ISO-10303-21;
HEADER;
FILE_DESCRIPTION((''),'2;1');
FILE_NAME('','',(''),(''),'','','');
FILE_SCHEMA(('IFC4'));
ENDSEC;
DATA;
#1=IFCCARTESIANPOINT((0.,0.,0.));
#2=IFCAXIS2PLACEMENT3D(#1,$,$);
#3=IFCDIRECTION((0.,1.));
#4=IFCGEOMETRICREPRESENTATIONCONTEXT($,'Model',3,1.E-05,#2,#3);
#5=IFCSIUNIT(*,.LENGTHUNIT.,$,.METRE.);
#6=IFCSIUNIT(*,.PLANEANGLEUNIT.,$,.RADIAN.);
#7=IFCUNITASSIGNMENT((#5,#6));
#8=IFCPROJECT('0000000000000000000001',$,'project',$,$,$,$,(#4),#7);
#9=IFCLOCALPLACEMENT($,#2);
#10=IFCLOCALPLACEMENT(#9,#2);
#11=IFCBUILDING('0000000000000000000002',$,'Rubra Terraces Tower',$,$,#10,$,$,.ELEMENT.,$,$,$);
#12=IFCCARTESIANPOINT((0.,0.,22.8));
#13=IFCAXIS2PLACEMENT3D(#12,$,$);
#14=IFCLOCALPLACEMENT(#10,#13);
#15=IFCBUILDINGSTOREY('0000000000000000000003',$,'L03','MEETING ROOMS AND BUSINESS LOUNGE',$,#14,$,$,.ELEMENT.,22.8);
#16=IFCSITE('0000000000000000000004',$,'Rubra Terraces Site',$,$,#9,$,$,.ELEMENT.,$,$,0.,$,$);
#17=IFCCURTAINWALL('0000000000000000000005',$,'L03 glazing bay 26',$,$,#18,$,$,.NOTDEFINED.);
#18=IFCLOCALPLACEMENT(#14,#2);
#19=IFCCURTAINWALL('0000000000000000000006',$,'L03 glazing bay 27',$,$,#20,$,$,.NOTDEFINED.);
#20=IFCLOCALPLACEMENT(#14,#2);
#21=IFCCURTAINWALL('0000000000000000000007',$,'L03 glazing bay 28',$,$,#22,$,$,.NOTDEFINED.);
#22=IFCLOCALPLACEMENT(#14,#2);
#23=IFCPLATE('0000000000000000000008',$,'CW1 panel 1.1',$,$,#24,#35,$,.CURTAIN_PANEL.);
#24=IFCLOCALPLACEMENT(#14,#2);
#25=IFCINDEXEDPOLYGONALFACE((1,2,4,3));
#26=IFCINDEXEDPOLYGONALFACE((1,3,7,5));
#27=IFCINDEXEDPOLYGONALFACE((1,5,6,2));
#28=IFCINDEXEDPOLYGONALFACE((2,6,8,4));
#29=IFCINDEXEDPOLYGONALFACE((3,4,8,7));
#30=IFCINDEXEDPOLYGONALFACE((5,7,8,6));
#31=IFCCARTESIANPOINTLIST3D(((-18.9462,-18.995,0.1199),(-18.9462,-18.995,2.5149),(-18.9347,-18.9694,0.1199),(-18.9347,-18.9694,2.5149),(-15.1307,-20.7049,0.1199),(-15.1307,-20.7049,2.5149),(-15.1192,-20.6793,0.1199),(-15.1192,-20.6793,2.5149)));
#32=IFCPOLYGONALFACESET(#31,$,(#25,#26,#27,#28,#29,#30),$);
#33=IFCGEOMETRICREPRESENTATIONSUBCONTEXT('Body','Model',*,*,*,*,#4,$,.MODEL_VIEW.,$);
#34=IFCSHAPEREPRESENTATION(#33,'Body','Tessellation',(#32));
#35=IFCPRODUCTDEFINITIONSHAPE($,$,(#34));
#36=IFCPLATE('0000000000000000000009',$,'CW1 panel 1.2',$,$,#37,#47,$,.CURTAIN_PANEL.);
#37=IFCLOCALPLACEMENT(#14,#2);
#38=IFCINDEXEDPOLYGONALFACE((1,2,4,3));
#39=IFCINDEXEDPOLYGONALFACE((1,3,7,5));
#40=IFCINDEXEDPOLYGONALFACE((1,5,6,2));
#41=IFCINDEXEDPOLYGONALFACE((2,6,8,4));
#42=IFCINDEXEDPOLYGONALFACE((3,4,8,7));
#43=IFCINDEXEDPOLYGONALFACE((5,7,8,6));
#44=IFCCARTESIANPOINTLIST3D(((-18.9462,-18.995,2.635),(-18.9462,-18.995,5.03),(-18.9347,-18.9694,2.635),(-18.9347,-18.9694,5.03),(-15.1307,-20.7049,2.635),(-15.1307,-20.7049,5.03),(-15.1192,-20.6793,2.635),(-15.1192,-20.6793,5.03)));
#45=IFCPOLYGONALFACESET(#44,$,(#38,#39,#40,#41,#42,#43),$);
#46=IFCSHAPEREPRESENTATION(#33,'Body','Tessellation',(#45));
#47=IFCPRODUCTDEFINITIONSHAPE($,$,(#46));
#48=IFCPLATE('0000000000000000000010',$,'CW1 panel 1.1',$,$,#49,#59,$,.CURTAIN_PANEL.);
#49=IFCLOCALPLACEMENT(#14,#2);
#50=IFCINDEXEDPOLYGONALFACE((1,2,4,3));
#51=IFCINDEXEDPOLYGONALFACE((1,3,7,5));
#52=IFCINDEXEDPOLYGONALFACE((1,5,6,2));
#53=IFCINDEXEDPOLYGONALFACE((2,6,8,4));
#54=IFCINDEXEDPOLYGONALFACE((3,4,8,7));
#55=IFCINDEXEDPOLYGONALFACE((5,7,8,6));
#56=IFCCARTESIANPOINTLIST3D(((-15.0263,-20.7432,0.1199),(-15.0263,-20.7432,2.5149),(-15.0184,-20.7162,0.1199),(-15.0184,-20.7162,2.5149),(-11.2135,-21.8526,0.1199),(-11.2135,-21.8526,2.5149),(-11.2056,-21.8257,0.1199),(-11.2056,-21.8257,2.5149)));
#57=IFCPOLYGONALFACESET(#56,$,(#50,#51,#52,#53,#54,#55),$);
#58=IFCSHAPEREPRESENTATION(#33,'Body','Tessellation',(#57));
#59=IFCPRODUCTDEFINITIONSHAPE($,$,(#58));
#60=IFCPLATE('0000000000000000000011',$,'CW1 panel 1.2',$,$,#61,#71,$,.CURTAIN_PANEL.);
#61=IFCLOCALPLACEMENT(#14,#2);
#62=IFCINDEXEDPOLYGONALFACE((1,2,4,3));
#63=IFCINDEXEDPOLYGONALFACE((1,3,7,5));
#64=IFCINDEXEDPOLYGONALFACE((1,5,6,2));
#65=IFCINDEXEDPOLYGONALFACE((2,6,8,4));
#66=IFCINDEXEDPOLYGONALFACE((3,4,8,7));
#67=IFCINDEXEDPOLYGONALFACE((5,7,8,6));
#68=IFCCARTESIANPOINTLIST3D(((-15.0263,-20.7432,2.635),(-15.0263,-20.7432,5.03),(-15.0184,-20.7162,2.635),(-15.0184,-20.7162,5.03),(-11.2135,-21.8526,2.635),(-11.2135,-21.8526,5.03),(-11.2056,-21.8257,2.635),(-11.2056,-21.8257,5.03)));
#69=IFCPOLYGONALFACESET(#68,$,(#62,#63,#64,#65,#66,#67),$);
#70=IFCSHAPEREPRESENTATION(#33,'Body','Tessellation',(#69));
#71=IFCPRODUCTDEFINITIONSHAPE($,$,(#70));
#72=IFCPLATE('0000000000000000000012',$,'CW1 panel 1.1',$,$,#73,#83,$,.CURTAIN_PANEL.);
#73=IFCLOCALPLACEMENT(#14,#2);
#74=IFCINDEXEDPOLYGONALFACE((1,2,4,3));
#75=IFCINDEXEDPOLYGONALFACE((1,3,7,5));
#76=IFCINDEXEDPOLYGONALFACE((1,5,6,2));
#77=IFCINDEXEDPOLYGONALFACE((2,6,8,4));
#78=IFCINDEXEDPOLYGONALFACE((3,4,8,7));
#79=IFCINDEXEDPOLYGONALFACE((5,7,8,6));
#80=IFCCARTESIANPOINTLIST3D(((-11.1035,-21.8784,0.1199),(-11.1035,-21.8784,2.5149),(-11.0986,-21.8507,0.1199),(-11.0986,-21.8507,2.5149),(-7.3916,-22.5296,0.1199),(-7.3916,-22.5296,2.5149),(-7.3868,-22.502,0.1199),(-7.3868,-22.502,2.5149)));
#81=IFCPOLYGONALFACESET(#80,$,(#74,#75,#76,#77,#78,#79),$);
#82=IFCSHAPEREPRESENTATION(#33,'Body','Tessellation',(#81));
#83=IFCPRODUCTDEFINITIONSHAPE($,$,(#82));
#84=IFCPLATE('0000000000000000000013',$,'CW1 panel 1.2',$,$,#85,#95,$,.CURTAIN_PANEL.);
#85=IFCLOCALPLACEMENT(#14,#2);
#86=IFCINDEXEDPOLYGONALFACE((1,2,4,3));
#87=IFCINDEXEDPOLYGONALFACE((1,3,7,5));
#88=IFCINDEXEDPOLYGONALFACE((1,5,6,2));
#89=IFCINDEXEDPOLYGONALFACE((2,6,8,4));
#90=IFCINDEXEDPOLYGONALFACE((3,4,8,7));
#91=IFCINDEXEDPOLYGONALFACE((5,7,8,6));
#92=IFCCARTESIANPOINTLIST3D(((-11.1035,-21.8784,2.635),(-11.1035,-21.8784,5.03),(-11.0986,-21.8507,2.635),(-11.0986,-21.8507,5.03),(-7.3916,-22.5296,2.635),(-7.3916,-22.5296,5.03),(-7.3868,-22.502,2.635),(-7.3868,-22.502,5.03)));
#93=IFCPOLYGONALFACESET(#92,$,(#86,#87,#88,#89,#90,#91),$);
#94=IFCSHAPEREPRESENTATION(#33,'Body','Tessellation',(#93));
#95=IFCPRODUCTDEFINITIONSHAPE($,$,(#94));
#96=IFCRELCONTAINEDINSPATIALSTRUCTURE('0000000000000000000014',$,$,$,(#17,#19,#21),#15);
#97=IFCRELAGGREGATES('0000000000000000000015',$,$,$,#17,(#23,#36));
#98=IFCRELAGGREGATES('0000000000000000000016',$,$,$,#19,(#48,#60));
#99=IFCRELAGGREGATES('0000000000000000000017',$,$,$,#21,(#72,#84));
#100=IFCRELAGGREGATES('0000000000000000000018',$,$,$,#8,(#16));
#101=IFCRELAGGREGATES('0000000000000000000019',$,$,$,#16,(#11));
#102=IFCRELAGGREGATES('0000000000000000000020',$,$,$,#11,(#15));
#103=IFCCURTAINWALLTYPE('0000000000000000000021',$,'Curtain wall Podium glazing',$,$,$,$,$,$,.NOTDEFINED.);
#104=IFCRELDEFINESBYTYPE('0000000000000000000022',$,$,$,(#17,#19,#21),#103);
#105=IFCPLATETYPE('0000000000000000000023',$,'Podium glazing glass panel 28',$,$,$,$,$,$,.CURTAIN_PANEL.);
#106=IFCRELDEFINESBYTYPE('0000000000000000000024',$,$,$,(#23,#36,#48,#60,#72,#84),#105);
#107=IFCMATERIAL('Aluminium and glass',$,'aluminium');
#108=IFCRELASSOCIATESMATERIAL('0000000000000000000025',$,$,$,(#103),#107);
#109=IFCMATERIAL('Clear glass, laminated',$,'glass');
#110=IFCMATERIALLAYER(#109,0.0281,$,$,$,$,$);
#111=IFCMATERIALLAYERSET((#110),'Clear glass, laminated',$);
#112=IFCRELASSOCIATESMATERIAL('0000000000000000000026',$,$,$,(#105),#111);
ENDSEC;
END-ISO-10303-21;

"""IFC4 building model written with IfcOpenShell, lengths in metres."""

from ifc_helpers import new_model, si_unit, direction, frame, origin, origin_2d, place, context, subcontext, project, spatial, rectangle, extrude, material, layer, layer_set, type_object, element, aggregate, save


model = new_model("IFC4")

# Units and contexts
model_context = context("Model", 3, precision=1e-05, world=origin(), true_north=direction((0.0, 1.0)))
body_context = subcontext(model_context, "Body", "Model", "MODEL_VIEW")
ifc_project = project(units=[si_unit("LENGTHUNIT", "METRE"), si_unit("PLANEANGLEUNIT", "RADIAN")], contexts=[model_context])

# Site, building, storey
site_placement = place(None, origin())
site = spatial("IfcSite", under=ifc_project, at=site_placement, Name="Rubra Terraces Site", CompositionType="ELEMENT", RefElevation=0.0)
building_placement = place(site_placement, origin())
building = spatial("IfcBuilding", under=site, at=building_placement, Name="Rubra Terraces Tower", CompositionType="ELEMENT")
storey_placement = place(building_placement, frame((0.0, 0.0, 22.8)))
storey = spatial("IfcBuildingStorey", under=building, at=storey_placement, Name="L03", Description="MEETING ROOMS AND BUSINESS LOUNGE", CompositionType="ELEMENT", Elevation=22.8)

# Curtain walls
ifc_material_1 = material(Name="Aluminium and glass", Category="aluminium")
curtain_wall_type = type_object("IfcCurtainWallType", Name="Curtain wall Podium glazing", PredefinedType="NOTDEFINED", material=ifc_material_1)
curtain_wall_1_placement = place(storey_placement, origin())
curtain_wall_1 = element("IfcCurtainWall", 1, at=curtain_wall_1_placement, inside=storey, type_object=curtain_wall_type, Name="L03 glazing bay 26", PredefinedType="NOTDEFINED")
curtain_wall_2_placement = place(storey_placement, origin())
curtain_wall_2 = element("IfcCurtainWall", 2, at=curtain_wall_2_placement, inside=storey, type_object=curtain_wall_type, Name="L03 glazing bay 27", PredefinedType="NOTDEFINED")
curtain_wall_3_placement = place(storey_placement, origin())
curtain_wall_3 = element("IfcCurtainWall", 3, at=curtain_wall_3_placement, inside=storey, type_object=curtain_wall_type, Name="L03 glazing bay 28", PredefinedType="NOTDEFINED")

# Plates
ifc_material_2 = material(Name="Clear glass, laminated", Category="glass")
ifc_layer = layer(ifc_material_2, 0.0281)
ifc_layer_set = layer_set([ifc_layer], Name="Clear glass, laminated")
plate_type = type_object("IfcPlateType", Name="Podium glazing glass panel 28", PredefinedType="CURTAIN_PANEL", material=ifc_layer_set)
plate_1_placement = place(storey_placement, frame((-17.0327, -19.8372, 0.1199), z_axis=(0.0, 0.0, 1.0), x_axis=(0.912551, -0.408962, 0.0)))
plate_1 = element("IfcPlate", 4, at=plate_1_placement, type_object=plate_type, Name="CW1 panel 1.1", PredefinedType="CURTAIN_PANEL", context=body_context, shape_type="SweptSolid", body=[
    extrude(rectangle(XDim=4.1812, YDim=0.0281, at=origin_2d()), origin(), (0.0, 0.0, 1.0), 2.395),
])
plate_2_placement = place(storey_placement, frame((-17.0327, -19.8372, 2.635), z_axis=(0.0, 0.0, 1.0), x_axis=(0.912551, -0.408962, 0.0)))
plate_2 = element("IfcPlate", 5, at=plate_2_placement, type_object=plate_type, Name="CW1 panel 1.2", PredefinedType="CURTAIN_PANEL", context=body_context, shape_type="SweptSolid", body=[
    extrude(rectangle(XDim=4.1812, YDim=0.0281, at=origin_2d()), origin(), (0.0, 0.0, 1.0), 2.395),
])
aggregate(curtain_wall_1, [plate_1, plate_2])
plate_3_placement = place(storey_placement, frame((-13.116, -21.2844, 0.1199), z_axis=(0.0, 0.0, 1.0), x_axis=(0.960175, -0.279399, 0.0)))
plate_3 = element("IfcPlate", 6, at=plate_3_placement, type_object=plate_type, Name="CW1 panel 1.1", PredefinedType="CURTAIN_PANEL", context=body_context, shape_type="SweptSolid", body=[
    extrude(rectangle(XDim=3.9709, YDim=0.0281, at=origin_2d()), origin(), (0.0, 0.0, 1.0), 2.395),
])
plate_4_placement = place(storey_placement, frame((-13.116, -21.2844, 2.635), z_axis=(0.0, 0.0, 1.0), x_axis=(0.960175, -0.279399, 0.0)))
plate_4 = element("IfcPlate", 7, at=plate_4_placement, type_object=plate_type, Name="CW1 panel 1.2", PredefinedType="CURTAIN_PANEL", context=body_context, shape_type="SweptSolid", body=[
    extrude(rectangle(XDim=3.9709, YDim=0.0281, at=origin_2d()), origin(), (0.0, 0.0, 1.0), 2.395),
])
aggregate(curtain_wall_2, [plate_3, plate_4])
plate_5_placement = place(storey_placement, frame((-9.2451, -22.1902, 0.1199), z_axis=(0.0, 0.0, 1.0), x_axis=(0.984954, -0.172817, 0.0)))
plate_5 = element("IfcPlate", 8, at=plate_5_placement, type_object=plate_type, Name="CW1 panel 1.1", PredefinedType="CURTAIN_PANEL", context=body_context, shape_type="SweptSolid", body=[
    extrude(rectangle(XDim=3.7686, YDim=0.0281, at=origin_2d()), origin(), (0.0, 0.0, 1.0), 2.395),
])
plate_6_placement = place(storey_placement, frame((-9.2451, -22.1902, 2.635), z_axis=(0.0, 0.0, 1.0), x_axis=(0.984954, -0.172817, 0.0)))
plate_6 = element("IfcPlate", 9, at=plate_6_placement, type_object=plate_type, Name="CW1 panel 1.2", PredefinedType="CURTAIN_PANEL", context=body_context, shape_type="SweptSolid", body=[
    extrude(rectangle(XDim=3.7686, YDim=0.0281, at=origin_2d()), origin(), (0.0, 0.0, 1.0), 2.395),
])
aggregate(curtain_wall_3, [plate_5, plate_6])

save(model, "model.ifc")
